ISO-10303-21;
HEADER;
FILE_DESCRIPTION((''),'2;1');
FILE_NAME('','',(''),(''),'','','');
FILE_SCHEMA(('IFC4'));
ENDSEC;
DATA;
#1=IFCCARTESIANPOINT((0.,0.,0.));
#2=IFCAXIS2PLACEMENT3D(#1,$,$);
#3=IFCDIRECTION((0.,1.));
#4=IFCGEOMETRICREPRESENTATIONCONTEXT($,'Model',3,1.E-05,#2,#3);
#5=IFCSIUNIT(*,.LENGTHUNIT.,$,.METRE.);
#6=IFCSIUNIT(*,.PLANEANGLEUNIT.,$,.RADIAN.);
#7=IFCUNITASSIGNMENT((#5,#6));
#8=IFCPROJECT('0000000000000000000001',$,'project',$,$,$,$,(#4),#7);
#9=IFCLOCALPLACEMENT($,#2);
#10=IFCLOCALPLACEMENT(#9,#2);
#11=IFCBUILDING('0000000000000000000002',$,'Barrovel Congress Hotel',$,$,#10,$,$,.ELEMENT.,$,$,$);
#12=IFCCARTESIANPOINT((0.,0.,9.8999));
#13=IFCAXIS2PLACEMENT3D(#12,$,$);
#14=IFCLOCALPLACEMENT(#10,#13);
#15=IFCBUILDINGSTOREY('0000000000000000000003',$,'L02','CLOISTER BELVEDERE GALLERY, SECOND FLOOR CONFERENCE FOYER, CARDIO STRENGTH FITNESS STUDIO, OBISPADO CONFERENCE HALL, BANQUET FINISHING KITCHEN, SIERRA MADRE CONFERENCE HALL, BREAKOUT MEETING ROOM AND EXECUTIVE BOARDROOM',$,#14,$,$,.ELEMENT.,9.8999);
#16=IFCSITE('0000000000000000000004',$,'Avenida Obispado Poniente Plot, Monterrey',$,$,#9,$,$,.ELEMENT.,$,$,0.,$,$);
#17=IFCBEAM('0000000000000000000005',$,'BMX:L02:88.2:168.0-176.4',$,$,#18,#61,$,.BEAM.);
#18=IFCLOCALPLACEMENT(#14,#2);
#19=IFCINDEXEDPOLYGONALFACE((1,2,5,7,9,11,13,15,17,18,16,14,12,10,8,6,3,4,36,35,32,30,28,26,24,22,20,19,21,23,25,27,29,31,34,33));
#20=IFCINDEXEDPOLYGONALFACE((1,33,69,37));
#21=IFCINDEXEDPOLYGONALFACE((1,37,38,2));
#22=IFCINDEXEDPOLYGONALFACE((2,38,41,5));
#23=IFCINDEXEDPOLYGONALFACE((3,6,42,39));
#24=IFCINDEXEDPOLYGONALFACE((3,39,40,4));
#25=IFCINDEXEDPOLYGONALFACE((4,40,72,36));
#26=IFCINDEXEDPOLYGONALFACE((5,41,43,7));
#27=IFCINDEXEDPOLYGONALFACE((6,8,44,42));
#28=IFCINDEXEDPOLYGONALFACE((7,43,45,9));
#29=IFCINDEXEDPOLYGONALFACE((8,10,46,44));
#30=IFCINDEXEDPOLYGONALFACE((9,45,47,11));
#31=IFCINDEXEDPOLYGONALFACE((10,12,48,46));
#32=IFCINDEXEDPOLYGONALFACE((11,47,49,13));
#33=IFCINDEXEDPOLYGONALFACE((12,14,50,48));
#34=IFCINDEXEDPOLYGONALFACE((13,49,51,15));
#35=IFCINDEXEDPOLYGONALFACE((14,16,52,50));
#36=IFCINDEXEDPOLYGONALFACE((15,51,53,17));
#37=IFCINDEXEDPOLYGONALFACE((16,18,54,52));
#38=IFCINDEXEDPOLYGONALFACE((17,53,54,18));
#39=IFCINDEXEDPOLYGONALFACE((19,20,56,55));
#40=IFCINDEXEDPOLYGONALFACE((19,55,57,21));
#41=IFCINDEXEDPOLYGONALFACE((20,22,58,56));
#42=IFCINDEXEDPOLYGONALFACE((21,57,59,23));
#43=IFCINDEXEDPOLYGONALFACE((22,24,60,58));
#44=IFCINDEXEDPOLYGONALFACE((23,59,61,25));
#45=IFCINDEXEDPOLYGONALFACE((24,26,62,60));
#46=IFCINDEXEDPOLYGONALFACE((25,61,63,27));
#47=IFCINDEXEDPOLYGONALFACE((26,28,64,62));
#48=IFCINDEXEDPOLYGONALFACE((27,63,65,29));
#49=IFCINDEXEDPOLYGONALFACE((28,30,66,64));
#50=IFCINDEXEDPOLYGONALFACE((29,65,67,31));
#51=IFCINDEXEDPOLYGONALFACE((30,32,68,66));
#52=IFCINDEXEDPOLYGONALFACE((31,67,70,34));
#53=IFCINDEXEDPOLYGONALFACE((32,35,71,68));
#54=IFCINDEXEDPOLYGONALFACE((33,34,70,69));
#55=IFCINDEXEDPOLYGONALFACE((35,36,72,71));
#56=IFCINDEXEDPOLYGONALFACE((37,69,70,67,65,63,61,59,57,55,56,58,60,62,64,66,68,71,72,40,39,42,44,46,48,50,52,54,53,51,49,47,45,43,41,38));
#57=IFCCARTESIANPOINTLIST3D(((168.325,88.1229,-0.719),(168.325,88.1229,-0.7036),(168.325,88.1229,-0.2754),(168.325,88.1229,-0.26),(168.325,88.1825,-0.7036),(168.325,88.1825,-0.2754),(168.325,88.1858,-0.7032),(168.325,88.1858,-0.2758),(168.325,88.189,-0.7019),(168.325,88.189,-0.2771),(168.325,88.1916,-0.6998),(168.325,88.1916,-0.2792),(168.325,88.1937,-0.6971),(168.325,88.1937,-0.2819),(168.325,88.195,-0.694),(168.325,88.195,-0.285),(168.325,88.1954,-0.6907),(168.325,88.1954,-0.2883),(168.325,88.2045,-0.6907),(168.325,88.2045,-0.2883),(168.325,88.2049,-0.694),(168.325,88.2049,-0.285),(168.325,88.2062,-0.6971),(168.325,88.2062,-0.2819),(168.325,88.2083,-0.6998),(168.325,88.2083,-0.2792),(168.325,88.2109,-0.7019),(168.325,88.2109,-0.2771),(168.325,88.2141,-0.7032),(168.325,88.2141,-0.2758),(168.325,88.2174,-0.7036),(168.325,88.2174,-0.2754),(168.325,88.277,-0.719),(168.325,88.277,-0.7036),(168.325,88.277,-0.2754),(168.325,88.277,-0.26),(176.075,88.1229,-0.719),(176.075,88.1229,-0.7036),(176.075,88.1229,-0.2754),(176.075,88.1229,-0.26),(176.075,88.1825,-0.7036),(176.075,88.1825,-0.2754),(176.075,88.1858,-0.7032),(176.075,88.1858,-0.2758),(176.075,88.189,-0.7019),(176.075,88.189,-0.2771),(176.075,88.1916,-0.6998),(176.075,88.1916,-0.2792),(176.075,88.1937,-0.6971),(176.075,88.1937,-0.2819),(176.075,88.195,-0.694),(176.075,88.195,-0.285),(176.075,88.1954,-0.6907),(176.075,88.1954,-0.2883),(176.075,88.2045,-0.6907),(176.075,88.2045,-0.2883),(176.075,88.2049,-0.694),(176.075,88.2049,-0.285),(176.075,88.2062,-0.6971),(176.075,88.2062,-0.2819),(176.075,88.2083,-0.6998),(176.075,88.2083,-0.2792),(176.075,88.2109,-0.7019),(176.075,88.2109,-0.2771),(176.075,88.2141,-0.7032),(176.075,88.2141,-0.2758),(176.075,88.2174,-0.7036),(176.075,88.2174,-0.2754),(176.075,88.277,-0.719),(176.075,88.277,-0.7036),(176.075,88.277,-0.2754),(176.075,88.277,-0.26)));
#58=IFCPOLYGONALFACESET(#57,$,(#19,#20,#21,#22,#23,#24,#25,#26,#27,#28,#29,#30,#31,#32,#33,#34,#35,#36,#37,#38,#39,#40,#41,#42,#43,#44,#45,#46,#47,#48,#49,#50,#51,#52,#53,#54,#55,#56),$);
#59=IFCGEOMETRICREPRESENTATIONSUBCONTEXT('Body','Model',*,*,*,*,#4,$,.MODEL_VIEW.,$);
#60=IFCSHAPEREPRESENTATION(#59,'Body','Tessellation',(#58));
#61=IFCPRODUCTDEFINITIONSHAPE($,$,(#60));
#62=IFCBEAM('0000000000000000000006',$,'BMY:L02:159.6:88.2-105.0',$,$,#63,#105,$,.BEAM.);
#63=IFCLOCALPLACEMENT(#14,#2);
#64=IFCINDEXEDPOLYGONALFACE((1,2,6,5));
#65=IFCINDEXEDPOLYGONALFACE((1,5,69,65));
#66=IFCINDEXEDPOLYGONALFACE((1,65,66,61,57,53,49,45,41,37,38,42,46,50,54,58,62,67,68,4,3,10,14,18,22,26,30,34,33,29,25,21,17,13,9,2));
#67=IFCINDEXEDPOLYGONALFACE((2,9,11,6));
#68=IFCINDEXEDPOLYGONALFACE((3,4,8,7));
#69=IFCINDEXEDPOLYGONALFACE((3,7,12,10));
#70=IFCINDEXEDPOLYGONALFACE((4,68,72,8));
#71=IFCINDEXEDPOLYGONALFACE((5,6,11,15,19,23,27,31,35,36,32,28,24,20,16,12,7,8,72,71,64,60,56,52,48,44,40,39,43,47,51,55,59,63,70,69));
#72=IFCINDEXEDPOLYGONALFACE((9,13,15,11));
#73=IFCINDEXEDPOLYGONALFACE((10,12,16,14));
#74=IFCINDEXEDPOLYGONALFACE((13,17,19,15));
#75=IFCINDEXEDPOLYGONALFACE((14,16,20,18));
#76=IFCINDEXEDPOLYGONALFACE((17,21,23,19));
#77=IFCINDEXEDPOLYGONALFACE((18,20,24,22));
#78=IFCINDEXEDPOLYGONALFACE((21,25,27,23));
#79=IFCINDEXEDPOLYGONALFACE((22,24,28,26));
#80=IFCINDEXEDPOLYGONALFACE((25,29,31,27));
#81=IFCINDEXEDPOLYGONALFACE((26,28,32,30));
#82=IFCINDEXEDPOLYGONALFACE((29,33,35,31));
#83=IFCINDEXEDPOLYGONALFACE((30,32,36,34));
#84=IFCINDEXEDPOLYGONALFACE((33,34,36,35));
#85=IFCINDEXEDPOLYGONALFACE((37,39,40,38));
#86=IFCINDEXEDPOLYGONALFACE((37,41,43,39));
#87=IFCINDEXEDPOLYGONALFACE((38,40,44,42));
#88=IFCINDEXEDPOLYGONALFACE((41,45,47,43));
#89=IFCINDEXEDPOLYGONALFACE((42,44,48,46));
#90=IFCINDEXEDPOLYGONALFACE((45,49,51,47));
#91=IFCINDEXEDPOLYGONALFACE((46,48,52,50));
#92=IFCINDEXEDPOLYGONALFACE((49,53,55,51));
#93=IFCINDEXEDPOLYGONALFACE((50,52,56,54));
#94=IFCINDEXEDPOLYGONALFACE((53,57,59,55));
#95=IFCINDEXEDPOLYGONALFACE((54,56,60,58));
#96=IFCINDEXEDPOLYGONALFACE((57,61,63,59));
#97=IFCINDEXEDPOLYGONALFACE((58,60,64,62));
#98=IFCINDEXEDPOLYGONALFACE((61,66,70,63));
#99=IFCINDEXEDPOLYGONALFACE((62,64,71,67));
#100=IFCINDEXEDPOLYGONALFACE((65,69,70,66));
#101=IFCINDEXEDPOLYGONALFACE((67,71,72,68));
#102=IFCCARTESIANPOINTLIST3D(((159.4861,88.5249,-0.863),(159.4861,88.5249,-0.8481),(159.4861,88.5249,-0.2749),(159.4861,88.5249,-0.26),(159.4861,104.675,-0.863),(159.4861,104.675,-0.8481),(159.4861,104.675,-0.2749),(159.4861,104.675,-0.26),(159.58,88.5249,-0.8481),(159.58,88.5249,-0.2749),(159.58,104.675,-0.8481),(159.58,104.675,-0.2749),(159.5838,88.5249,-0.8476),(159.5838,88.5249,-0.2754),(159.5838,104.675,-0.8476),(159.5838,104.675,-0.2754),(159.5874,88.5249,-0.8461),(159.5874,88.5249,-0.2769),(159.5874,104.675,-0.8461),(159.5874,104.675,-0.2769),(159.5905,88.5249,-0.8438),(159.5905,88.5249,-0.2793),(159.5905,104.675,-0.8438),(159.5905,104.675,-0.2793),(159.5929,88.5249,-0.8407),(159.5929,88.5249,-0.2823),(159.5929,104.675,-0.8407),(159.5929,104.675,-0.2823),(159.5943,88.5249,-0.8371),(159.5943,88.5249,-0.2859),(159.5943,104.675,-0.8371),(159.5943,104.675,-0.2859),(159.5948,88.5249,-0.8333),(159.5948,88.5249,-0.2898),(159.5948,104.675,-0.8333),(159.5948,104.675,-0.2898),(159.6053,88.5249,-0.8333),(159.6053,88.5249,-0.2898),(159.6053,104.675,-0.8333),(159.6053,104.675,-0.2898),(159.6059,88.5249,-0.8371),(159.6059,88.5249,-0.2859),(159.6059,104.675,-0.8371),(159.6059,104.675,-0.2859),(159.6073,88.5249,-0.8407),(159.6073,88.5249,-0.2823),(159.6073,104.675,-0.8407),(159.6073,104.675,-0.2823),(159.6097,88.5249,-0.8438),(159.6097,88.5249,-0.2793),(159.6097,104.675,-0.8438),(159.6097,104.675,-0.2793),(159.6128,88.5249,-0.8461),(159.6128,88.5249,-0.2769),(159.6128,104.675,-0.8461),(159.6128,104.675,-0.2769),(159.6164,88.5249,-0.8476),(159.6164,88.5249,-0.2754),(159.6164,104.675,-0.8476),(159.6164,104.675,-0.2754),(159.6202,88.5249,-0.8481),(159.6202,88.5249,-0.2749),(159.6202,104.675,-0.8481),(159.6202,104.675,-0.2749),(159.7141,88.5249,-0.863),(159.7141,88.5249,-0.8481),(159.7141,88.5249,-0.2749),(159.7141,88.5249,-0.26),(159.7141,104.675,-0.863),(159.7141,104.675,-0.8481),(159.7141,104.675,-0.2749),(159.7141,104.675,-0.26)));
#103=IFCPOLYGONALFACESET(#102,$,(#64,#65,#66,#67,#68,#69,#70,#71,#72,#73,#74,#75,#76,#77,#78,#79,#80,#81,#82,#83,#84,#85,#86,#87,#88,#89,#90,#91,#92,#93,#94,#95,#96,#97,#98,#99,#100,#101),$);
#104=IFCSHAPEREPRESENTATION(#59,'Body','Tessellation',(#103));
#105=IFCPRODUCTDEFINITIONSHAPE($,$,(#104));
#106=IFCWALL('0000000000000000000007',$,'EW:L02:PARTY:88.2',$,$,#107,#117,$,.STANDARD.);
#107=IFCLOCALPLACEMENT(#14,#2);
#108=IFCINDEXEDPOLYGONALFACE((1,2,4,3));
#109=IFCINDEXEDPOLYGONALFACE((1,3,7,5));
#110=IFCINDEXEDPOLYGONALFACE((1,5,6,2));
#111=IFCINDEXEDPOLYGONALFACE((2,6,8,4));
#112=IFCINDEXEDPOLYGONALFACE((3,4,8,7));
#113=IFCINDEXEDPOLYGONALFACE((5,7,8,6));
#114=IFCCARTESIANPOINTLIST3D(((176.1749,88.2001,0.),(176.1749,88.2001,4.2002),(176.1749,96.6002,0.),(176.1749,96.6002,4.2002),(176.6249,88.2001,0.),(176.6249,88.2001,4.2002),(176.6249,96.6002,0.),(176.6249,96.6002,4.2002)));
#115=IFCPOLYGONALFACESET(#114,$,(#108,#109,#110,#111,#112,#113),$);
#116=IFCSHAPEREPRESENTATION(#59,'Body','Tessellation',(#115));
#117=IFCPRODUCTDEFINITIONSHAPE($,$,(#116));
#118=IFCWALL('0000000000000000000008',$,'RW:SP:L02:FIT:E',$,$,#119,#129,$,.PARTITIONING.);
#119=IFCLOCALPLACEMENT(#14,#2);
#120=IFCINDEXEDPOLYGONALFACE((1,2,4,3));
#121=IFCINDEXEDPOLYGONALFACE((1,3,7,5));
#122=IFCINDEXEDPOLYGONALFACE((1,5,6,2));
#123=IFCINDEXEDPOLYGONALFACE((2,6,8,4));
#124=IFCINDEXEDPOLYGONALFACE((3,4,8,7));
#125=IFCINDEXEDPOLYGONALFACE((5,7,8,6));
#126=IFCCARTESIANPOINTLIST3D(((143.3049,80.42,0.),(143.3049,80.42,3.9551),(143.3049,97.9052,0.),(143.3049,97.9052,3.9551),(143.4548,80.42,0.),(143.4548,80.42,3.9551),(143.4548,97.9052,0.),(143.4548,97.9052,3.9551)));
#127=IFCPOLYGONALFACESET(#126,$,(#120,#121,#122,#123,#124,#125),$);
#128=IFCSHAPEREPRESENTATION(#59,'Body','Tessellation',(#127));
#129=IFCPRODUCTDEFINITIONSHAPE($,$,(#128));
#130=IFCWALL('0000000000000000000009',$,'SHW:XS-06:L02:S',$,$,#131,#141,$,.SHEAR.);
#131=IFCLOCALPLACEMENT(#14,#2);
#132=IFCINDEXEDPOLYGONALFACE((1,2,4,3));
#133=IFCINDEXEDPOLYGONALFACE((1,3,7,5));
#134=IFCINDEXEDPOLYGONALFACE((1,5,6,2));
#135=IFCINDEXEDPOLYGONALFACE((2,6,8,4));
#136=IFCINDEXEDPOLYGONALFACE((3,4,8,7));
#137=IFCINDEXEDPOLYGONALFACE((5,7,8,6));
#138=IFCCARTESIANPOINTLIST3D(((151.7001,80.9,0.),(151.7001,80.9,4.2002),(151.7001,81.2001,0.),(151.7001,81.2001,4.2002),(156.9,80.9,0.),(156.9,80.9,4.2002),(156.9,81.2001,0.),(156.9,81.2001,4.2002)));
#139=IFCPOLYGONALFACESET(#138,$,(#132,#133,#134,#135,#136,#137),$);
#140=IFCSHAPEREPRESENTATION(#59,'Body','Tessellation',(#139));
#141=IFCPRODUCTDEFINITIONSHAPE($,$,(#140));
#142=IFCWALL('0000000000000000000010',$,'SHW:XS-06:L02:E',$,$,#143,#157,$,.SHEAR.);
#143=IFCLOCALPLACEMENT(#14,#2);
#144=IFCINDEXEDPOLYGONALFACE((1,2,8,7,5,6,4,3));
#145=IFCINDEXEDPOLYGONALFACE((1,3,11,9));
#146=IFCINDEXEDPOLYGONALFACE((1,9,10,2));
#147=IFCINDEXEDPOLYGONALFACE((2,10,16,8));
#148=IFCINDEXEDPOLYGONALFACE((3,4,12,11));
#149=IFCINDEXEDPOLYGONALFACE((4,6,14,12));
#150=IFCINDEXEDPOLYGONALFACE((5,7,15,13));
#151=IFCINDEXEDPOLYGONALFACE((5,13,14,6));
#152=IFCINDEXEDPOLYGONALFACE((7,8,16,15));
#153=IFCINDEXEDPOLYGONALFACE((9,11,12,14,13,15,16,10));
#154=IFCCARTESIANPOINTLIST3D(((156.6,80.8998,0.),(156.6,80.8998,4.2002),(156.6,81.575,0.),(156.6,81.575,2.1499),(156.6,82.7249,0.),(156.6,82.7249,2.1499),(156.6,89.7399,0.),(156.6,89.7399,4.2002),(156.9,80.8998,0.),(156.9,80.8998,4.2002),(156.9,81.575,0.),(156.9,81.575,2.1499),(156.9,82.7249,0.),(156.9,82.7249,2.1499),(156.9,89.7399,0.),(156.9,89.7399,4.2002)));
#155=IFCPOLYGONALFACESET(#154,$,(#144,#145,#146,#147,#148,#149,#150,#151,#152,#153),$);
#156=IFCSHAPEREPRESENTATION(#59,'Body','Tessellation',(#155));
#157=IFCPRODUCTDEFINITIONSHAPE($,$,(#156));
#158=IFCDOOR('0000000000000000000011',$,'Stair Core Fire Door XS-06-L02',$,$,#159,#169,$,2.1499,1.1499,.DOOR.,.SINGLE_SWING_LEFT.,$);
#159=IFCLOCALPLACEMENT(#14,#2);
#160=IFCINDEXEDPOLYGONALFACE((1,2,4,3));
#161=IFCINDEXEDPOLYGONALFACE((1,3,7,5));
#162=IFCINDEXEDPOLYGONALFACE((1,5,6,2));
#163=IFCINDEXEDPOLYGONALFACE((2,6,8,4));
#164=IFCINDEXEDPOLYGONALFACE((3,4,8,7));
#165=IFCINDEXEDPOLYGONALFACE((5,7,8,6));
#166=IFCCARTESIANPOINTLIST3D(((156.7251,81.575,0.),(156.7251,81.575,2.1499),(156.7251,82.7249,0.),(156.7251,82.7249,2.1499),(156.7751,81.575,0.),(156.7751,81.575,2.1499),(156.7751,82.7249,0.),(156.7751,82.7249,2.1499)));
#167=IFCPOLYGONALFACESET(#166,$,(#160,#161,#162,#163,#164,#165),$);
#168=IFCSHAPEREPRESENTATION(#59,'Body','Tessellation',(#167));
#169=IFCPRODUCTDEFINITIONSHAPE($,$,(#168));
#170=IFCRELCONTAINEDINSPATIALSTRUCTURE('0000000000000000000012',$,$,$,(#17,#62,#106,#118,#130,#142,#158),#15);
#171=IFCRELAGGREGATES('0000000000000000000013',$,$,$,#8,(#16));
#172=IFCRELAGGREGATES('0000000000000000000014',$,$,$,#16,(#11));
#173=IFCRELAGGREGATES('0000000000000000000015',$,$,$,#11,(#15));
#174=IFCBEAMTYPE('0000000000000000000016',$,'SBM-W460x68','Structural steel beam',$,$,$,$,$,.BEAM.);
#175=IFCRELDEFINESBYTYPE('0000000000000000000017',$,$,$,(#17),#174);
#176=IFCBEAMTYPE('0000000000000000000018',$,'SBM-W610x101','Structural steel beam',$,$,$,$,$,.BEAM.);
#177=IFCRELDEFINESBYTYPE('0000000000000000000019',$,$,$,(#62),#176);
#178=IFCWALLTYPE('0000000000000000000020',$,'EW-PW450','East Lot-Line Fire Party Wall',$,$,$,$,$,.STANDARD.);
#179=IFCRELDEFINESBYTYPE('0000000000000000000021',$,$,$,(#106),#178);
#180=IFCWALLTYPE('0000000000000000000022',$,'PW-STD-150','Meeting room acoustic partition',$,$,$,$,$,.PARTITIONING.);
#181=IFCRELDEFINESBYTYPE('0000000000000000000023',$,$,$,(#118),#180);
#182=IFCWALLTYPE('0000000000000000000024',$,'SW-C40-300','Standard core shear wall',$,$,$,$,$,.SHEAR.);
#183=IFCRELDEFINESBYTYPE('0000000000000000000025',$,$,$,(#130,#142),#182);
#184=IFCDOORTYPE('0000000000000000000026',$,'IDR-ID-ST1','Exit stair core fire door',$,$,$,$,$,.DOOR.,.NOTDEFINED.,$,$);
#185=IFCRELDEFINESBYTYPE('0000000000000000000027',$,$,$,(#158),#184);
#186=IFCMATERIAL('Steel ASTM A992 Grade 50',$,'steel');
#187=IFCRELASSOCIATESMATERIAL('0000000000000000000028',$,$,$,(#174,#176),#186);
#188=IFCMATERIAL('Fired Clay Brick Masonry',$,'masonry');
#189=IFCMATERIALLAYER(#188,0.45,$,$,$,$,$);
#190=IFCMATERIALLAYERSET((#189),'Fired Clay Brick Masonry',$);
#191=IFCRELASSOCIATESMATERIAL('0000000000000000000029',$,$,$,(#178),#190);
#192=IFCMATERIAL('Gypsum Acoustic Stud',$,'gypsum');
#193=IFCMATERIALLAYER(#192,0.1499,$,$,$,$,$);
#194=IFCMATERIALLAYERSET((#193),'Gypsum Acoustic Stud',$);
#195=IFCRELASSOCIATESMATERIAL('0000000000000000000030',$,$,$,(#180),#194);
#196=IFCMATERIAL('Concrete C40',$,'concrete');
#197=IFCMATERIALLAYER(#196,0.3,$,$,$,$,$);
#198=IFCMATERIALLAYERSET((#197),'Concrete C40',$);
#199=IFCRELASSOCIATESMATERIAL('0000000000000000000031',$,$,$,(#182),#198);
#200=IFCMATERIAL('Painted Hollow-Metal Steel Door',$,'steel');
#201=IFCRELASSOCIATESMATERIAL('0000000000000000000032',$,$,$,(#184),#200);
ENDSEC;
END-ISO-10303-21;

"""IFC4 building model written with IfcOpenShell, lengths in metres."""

from ifc_helpers import new_model, si_unit, direction, frame, frame_2d, origin, origin_2d, place, context, subcontext, project, spatial, rectangle, i_section, extrude, material, layer, layer_set, material_profile, profile_set, type_object, element, fill, save


model = new_model("IFC4")

# Units and contexts
model_context = context("Model", 3, precision=1e-05, world=origin(), true_north=direction((0.0, 1.0)))
body_context = subcontext(model_context, "Body", "Model", "MODEL_VIEW")
ifc_project = project(units=[si_unit("LENGTHUNIT", "METRE"), si_unit("PLANEANGLEUNIT", "RADIAN")], contexts=[model_context])

# Site, building, storey
site_placement = place(None, origin())
site = spatial("IfcSite", under=ifc_project, at=site_placement, Name="Avenida Obispado Poniente Plot, Monterrey", CompositionType="ELEMENT", RefElevation=0.0)
building_placement = place(site_placement, origin())
building = spatial("IfcBuilding", under=site, at=building_placement, Name="Barrovel Congress Hotel", CompositionType="ELEMENT")
storey_placement = place(building_placement, frame((0.0, 0.0, 9.8999)))
storey = spatial("IfcBuildingStorey", under=building, at=storey_placement, Name="L02", Description="CLOISTER BELVEDERE GALLERY, SECOND FLOOR CONFERENCE FOYER, CARDIO STRENGTH FITNESS STUDIO, OBISPADO CONFERENCE HALL, BANQUET FINISHING KITCHEN, SIERRA MADRE CONFERENCE HALL, BREAKOUT MEETING ROOM AND EXECUTIVE BOARDROOM", CompositionType="ELEMENT", Elevation=9.8999)

# Shared definitions
ifc_material_1 = material(Name="Concrete C40", Category="concrete")

# Beams
ifc_material_2 = material(Name="Steel ASTM A992 Grade 50", Category="steel")
ifc_material_profile_1 = material_profile(ifc_material_2, i_section(OverallWidth=0.1541, OverallDepth=0.459, WebThickness=0.009, FlangeThickness=0.0154, FilletRadius=0.0129, at=origin_2d()), Name="W460x68")
ifc_profile_set_1 = profile_set([ifc_material_profile_1], Name="Steel ASTM A992 Grade 50")
beam_type_1 = type_object("IfcBeamType", Name="SBM-W460x68", Description="Structural steel beam", PredefinedType="BEAM", material=ifc_profile_set_1)
beam_1_placement = place(storey_placement, frame((168.325, 88.2, -0.4895), z_axis=(1.0, 0.0, 0.0), x_axis=(0.0, 1.0, 0.0)))
element("IfcBeam", 1, at=beam_1_placement, inside=storey, type_object=beam_type_1, Name="BMX:L02:88.2:168.0-176.4", PredefinedType="BEAM", context=body_context, shape_type="SweptSolid", body=[
    extrude(i_section(OverallWidth=0.1541, OverallDepth=0.459, WebThickness=0.009, FlangeThickness=0.0154, FilletRadius=0.0129, at=origin_2d()), origin(), (0.0, 0.0, 1.0), 7.75),
])
ifc_material_profile_2 = material_profile(ifc_material_2, i_section(OverallWidth=0.228, OverallDepth=0.603, WebThickness=0.0105, FlangeThickness=0.0149, FilletRadius=0.0149, at=origin_2d()), Name="W610x101")
ifc_profile_set_2 = profile_set([ifc_material_profile_2], Name="Steel ASTM A992 Grade 50")
beam_type_2 = type_object("IfcBeamType", Name="SBM-W610x101", Description="Structural steel beam", PredefinedType="BEAM", material=ifc_profile_set_2)
beam_2_placement = place(storey_placement, frame((159.6001, 88.5249, -0.5615), z_axis=(0.0, 1.0, 0.0), x_axis=(-1.0, 0.0, 0.0)))
element("IfcBeam", 2, at=beam_2_placement, inside=storey, type_object=beam_type_2, Name="BMY:L02:159.6:88.2-105.0", PredefinedType="BEAM", context=body_context, shape_type="SweptSolid", body=[
    extrude(i_section(OverallWidth=0.228, OverallDepth=0.603, WebThickness=0.0105, FlangeThickness=0.0149, FilletRadius=0.0149, at=origin_2d()), origin(), (0.0, 0.0, 1.0), 16.1501),
])

# Walls
ifc_material_3 = material(Name="Fired Clay Brick Masonry", Category="masonry")
ifc_layer_1 = layer(ifc_material_3, 0.45)
ifc_layer_set_1 = layer_set([ifc_layer_1], Name="Fired Clay Brick Masonry")
wall_type_1 = type_object("IfcWallType", Name="EW-PW450", Description="East Lot-Line Fire Party Wall", PredefinedType="STANDARD", material=ifc_layer_set_1)
wall_1_placement = place(storey_placement, frame((176.3999, 88.2, 0.0), z_axis=(0.0, 0.0, 1.0), x_axis=(0.0, 1.0, 0.0)))
element("IfcWall", 3, at=wall_1_placement, inside=storey, type_object=wall_type_1, Name="EW:L02:PARTY:88.2", PredefinedType="STANDARD", context=body_context, shape_type="SweptSolid", body=[
    extrude(rectangle(XDim=8.4001, YDim=0.45, at=frame_2d((4.2002, 0.0))), origin(), (0.0, 0.0, 1.0), 4.2002),
])
ifc_material_4 = material(Name="Gypsum Acoustic Stud", Category="gypsum")
ifc_layer_2 = layer(ifc_material_4, 0.1499)
ifc_layer_set_2 = layer_set([ifc_layer_2], Name="Gypsum Acoustic Stud")
wall_type_2 = type_object("IfcWallType", Name="PW-STD-150", Description="Meeting room acoustic partition", PredefinedType="PARTITIONING", material=ifc_layer_set_2)
wall_2_placement = place(storey_placement, frame((143.3799, 80.4199, 0.0), z_axis=(0.0, 0.0, 1.0), x_axis=(0.0, 1.0, 0.0)))
element("IfcWall", 4, at=wall_2_placement, inside=storey, type_object=wall_type_2, Name="RW:SP:L02:FIT:E", PredefinedType="PARTITIONING", context=body_context, shape_type="SweptSolid", body=[
    extrude(rectangle(XDim=17.4851, YDim=0.1499, at=frame_2d((8.7427, 0.0))), origin(), (0.0, 0.0, 1.0), 3.9551),
])
ifc_layer_3 = layer(ifc_material_1, 0.3)
ifc_layer_set_3 = layer_set([ifc_layer_3], Name="Concrete C40")
wall_type_3 = type_object("IfcWallType", Name="SW-C40-300", Description="Standard core shear wall", PredefinedType="SHEAR", material=ifc_layer_set_3)
wall_3_placement = place(storey_placement, frame((151.7, 81.05, 0.0), z_axis=(0.0, 0.0, 1.0), x_axis=(1.0, 0.0, 0.0)))
element("IfcWall", 5, at=wall_3_placement, inside=storey, type_object=wall_type_3, Name="SHW:XS-06:L02:S", PredefinedType="SHEAR", context=body_context, shape_type="SweptSolid", body=[
    extrude(rectangle(XDim=5.2, YDim=0.3, at=frame_2d((2.6001, 0.0))), origin(), (0.0, 0.0, 1.0), 4.2002),
])

# Wall, opening, door
wall_4_placement = place(storey_placement, frame((156.75, 80.8999, 0.0), z_axis=(0.0, 0.0, 1.0), x_axis=(0.0, 1.0, 0.0)))
wall_4 = element("IfcWall", 6, at=wall_4_placement, inside=storey, type_object=wall_type_3, Name="SHW:XS-06:L02:E", PredefinedType="SHEAR", context=body_context, shape_type="SweptSolid", body=[
    extrude(rectangle(XDim=8.8401, YDim=0.3, at=frame_2d((4.4199, 0.0))), origin(), (0.0, 0.0, 1.0), 4.2002),
])
opening_placement = place(wall_4_placement, frame((0.675, 0.0, 0.0)))
opening = element("IfcOpeningElement", 7, at=opening_placement, cuts=wall_4, PredefinedType="OPENING", context=body_context, shape_type="SweptSolid", body=[
    extrude(rectangle(XDim=1.1499, YDim=2.1499, at=frame_2d((0.575, 1.075))), frame((0.0, 0.1602, 0.0), z_axis=(0.0, -1.0, 0.0), x_axis=(1.0, 0.0, 0.0)), (0.0, 0.0, 1.0), 0.3201),
])
ifc_material_5 = material(Name="Painted Hollow-Metal Steel Door", Category="steel")
door_type = type_object("IfcDoorType", Name="IDR-ID-ST1", Description="Exit stair core fire door", OperationType="NOTDEFINED", PredefinedType="DOOR", material=ifc_material_5)
door_placement = place(opening_placement, origin())
door = element("IfcDoor", 8, at=door_placement, inside=storey, type_object=door_type, Name="Stair Core Fire Door XS-06-L02", OperationType="SINGLE_SWING_LEFT", OverallHeight=2.1499, OverallWidth=1.1499, PredefinedType="DOOR", context=body_context, shape_type="SweptSolid", body=[
    extrude(rectangle(XDim=1.1499, YDim=2.1499, at=frame_2d((0.575, 1.075))), frame((0.0, 0.0249, 0.0), z_axis=(0.0, -1.0, 0.0), x_axis=(1.0, 0.0, 0.0)), (0.0, 0.0, 1.0), 0.05),
])
fill(opening, door)

save(model, "model.ifc")
